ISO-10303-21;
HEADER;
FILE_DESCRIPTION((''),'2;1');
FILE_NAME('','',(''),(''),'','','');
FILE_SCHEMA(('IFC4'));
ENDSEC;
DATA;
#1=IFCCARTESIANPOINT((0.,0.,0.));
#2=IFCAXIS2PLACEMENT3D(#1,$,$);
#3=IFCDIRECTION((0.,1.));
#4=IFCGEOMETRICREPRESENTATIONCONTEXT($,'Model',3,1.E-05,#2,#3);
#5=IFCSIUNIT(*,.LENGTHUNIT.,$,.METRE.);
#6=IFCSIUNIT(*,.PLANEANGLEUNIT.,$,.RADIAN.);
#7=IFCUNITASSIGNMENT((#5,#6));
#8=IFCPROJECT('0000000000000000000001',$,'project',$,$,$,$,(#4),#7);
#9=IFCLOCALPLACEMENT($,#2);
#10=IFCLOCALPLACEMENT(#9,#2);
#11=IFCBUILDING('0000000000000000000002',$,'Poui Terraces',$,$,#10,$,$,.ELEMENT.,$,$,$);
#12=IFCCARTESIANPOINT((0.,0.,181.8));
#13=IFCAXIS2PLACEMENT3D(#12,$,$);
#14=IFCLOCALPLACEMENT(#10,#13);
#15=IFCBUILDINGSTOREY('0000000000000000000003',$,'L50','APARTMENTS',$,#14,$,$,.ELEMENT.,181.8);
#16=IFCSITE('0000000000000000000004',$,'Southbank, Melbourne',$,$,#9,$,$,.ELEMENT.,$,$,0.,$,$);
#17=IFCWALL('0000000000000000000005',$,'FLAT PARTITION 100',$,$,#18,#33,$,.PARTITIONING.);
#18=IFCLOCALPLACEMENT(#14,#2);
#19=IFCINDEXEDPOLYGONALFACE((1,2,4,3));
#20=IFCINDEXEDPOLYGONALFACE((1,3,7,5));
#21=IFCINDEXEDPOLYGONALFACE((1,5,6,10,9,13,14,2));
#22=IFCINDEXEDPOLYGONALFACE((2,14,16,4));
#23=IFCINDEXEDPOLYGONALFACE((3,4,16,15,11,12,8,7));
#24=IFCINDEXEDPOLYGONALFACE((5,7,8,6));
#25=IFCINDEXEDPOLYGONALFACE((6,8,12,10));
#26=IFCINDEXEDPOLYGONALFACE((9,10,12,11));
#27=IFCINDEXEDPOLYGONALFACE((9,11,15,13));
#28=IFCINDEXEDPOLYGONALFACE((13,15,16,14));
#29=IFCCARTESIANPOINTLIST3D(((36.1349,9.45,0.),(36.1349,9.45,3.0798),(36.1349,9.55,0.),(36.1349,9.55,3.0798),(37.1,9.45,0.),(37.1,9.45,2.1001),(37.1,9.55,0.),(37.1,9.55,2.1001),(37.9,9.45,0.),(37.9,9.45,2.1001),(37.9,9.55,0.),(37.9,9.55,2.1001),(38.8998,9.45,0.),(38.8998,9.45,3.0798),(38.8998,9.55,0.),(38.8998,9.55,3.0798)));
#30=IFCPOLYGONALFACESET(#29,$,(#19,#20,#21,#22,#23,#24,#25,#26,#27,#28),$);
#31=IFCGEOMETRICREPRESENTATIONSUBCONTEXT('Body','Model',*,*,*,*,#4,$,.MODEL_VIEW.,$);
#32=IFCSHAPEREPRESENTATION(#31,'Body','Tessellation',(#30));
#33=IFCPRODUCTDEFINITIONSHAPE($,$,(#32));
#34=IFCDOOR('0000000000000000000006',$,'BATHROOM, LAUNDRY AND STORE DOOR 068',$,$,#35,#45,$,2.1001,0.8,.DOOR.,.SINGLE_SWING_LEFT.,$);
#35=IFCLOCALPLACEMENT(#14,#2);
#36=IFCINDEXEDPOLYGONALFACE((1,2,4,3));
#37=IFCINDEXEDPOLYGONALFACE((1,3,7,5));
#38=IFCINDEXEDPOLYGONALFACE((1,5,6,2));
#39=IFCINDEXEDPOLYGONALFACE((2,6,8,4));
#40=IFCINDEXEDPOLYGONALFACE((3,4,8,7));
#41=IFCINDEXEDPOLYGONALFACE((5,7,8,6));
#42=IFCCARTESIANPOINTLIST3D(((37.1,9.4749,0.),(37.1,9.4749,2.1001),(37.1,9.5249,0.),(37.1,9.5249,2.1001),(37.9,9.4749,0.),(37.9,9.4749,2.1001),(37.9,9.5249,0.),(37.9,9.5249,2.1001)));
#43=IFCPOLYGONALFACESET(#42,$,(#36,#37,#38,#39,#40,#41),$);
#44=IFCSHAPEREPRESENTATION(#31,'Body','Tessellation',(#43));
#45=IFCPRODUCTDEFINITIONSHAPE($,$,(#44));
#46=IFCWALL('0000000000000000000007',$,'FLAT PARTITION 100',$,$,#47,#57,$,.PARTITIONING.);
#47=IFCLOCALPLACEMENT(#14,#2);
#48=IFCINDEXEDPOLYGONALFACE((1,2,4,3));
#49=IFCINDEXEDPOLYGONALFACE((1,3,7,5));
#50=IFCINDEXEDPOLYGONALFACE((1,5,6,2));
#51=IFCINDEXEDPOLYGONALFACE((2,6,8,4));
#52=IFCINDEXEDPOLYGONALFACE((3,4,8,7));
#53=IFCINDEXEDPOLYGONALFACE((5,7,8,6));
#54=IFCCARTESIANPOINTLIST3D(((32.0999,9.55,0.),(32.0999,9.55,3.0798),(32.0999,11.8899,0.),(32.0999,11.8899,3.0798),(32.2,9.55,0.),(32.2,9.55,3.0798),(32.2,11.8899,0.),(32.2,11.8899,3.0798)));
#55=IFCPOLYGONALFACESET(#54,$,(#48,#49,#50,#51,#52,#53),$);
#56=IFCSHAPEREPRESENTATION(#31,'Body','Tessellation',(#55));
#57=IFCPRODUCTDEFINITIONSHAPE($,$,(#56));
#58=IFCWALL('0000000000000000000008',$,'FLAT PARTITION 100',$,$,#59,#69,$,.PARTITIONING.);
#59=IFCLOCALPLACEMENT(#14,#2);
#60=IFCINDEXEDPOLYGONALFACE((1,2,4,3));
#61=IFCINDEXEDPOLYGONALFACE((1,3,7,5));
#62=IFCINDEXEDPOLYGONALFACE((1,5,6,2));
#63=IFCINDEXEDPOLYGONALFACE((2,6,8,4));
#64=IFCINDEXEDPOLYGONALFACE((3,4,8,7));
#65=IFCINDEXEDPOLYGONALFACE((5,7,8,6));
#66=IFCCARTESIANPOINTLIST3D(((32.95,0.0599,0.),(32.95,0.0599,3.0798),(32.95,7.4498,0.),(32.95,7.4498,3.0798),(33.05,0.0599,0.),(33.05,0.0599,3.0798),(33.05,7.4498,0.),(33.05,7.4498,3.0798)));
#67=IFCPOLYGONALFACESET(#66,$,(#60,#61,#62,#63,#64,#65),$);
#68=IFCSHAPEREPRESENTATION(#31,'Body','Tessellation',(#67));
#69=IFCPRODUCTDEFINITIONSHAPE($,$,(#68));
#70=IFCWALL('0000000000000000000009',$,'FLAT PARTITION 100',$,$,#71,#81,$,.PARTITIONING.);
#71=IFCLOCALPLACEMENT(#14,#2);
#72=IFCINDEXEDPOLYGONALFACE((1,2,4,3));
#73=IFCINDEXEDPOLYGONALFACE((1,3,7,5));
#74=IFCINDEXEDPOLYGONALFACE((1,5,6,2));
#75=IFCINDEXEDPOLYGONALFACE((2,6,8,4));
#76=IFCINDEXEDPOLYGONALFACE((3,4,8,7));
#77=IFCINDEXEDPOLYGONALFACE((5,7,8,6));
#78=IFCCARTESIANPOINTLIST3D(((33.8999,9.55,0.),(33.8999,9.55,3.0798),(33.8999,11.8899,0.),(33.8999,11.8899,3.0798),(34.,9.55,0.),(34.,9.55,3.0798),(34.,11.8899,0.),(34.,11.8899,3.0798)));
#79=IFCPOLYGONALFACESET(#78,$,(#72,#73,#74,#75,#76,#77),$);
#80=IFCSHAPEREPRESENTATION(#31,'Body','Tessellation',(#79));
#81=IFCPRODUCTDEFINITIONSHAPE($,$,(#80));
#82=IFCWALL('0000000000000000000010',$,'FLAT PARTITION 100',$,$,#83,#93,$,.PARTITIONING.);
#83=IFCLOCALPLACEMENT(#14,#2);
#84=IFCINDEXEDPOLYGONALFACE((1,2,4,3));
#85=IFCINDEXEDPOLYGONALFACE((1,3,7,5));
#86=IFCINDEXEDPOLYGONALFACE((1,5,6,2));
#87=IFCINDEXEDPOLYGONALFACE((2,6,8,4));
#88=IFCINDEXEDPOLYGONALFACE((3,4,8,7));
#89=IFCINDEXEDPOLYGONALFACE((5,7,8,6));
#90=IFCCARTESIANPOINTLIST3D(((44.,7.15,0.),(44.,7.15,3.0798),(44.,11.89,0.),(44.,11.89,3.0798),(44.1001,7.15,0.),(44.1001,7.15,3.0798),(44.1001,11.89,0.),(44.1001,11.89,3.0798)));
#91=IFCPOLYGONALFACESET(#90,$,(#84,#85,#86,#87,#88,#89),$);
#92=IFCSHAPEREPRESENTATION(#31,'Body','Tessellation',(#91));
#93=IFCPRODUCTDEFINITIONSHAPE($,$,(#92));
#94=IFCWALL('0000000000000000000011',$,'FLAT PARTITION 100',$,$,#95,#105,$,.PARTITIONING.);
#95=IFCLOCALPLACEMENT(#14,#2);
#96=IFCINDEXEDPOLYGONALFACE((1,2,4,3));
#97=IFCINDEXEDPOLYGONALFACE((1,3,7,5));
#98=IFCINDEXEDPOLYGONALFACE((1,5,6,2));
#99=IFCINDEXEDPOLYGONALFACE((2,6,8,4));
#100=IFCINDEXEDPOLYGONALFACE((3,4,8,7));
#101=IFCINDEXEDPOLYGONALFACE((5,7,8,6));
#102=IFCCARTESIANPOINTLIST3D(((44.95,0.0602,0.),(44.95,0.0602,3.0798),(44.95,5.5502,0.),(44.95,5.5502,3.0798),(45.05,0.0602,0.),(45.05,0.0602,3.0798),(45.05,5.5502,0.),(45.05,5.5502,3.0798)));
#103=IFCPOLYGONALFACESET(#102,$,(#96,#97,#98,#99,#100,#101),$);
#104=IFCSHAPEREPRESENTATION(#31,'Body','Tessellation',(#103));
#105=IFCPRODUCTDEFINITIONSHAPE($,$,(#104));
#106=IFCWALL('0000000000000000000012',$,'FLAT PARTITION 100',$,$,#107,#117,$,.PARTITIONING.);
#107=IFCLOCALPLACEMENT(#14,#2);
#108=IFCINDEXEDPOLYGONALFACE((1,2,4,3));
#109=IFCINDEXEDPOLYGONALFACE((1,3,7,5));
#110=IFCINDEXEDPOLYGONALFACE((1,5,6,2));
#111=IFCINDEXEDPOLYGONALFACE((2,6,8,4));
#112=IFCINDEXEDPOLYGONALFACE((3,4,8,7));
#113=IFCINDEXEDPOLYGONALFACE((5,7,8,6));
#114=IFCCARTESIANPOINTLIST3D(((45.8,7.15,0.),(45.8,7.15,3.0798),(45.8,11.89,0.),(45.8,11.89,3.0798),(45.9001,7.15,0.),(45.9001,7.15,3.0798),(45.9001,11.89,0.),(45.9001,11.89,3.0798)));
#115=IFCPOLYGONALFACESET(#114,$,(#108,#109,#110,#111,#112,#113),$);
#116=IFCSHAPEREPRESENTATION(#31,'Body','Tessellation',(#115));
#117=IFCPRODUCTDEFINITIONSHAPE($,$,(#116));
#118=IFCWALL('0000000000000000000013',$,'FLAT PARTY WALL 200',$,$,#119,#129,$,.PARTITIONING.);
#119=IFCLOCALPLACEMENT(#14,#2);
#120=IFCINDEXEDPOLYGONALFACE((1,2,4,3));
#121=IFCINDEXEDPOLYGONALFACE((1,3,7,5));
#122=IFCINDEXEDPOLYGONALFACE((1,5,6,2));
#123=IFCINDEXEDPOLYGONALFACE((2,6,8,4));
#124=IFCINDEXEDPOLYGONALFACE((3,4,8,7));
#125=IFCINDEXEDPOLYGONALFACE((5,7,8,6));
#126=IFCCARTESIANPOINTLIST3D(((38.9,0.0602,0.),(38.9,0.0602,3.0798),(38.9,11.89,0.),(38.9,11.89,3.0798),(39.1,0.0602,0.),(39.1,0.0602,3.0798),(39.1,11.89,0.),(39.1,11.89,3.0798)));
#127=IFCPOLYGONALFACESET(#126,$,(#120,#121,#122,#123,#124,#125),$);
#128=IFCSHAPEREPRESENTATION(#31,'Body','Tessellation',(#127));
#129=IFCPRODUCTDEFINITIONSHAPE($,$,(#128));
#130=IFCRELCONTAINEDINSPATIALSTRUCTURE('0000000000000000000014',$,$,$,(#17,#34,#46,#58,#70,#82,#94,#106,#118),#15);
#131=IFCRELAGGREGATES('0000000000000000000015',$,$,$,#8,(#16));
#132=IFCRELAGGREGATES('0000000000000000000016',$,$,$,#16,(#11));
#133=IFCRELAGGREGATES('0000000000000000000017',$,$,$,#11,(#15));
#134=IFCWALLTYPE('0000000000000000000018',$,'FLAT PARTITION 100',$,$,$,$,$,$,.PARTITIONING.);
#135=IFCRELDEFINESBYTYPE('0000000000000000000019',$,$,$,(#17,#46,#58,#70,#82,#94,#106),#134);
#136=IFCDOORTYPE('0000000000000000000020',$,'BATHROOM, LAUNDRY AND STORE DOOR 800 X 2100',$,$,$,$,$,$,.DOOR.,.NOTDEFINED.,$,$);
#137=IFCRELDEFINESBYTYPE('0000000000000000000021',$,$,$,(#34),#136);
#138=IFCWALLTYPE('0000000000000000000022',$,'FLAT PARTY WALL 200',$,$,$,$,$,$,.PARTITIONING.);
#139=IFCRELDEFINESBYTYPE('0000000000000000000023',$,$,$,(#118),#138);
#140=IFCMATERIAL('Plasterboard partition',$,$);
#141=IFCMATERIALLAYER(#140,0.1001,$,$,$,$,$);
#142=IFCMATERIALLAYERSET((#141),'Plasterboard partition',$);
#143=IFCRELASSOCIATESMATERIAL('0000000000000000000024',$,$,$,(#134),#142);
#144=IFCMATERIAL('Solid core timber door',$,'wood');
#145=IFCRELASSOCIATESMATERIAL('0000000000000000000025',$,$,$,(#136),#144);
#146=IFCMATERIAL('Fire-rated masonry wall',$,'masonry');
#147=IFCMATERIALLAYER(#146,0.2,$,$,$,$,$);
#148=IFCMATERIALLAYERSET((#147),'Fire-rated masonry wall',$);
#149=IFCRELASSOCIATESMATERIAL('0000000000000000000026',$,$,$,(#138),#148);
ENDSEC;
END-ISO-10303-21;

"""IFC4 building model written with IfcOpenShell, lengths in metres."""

from ifc_helpers import new_model, si_unit, direction, frame, frame_2d, origin, place, context, subcontext, project, spatial, rectangle, extrude, material, layer, layer_set, type_object, element, fill, save


model = new_model("IFC4")

# Units and contexts
model_context = context("Model", 3, precision=1e-05, world=origin(), true_north=direction((0.0, 1.0)))
body_context = subcontext(model_context, "Body", "Model", "MODEL_VIEW")
ifc_project = project(units=[si_unit("LENGTHUNIT", "METRE"), si_unit("PLANEANGLEUNIT", "RADIAN")], contexts=[model_context])

# Site, building, storey
site_placement = place(None, origin())
site = spatial("IfcSite", under=ifc_project, at=site_placement, Name="Southbank, Melbourne", CompositionType="ELEMENT", RefElevation=0.0)
building_placement = place(site_placement, origin())
building = spatial("IfcBuilding", under=site, at=building_placement, Name="Poui Terraces", CompositionType="ELEMENT")
storey_placement = place(building_placement, frame((0.0, 0.0, 181.8)))
storey = spatial("IfcBuildingStorey", under=building, at=storey_placement, Name="L50", Description="APARTMENTS", CompositionType="ELEMENT", Elevation=181.8)

# Wall, opening, door
ifc_material_1 = material(Name="Solid core timber door", Category="wood")
ifc_material_2 = material(Name="Plasterboard partition")
ifc_layer_1 = layer(ifc_material_2, 0.1001)
ifc_layer_set_1 = layer_set([ifc_layer_1], Name="Plasterboard partition")
wall_type_1 = type_object("IfcWallType", Name="FLAT PARTITION 100", PredefinedType="PARTITIONING", material=ifc_layer_set_1)
door_type_1 = type_object("IfcDoorType", Name="BATHROOM, LAUNDRY AND STORE DOOR 800 X 2100", OperationType="NOTDEFINED", PredefinedType="DOOR", material=ifc_material_1)
wall_1_placement = place(storey_placement, frame((36.135, 9.5, 0.0), z_axis=(0.0, 0.0, 1.0), x_axis=(1.0, 0.0, 0.0)))
wall_1 = element("IfcWall", 1, at=wall_1_placement, inside=storey, type_object=wall_type_1, Name="FLAT PARTITION 100", PredefinedType="PARTITIONING", context=body_context, shape_type="SweptSolid", body=[
    extrude(rectangle(XDim=2.7649, YDim=0.1001, at=frame_2d((1.3823, 0.0))), origin(), (0.0, 0.0, 1.0), 3.0798),
])
opening_1_placement = place(wall_1_placement, frame((0.9651, 0.0, 0.0)))
opening_1 = element("IfcOpeningElement", 2, at=opening_1_placement, cuts=wall_1, PredefinedType="OPENING", context=body_context, shape_type="SweptSolid", body=[
    extrude(rectangle(XDim=0.8, YDim=2.1001, at=frame_2d((0.3999, 1.05))), frame((0.0, 0.0601, 0.0), z_axis=(0.0, -1.0, 0.0), x_axis=(1.0, 0.0, 0.0)), (0.0, 0.0, 1.0), 0.1201),
])
door_1_placement = place(opening_1_placement, origin())
door_1 = element("IfcDoor", 3, at=door_1_placement, inside=storey, type_object=door_type_1, Name="BATHROOM, LAUNDRY AND STORE DOOR 068", OperationType="SINGLE_SWING_LEFT", OverallHeight=2.1001, OverallWidth=0.8, PredefinedType="DOOR", context=body_context, shape_type="SweptSolid", body=[
    extrude(rectangle(XDim=0.8, YDim=2.1001, at=frame_2d((0.3999, 1.05))), frame((0.0, 0.0249, 0.0), z_axis=(0.0, -1.0, 0.0), x_axis=(1.0, 0.0, 0.0)), (0.0, 0.0, 1.0), 0.05),
])
fill(opening_1, door_1)

# Walls
wall_2_placement = place(storey_placement, frame((32.1499, 9.55, 0.0), z_axis=(0.0, 0.0, 1.0), x_axis=(0.0, 1.0, 0.0)))
element("IfcWall", 4, at=wall_2_placement, inside=storey, type_object=wall_type_1, Name="FLAT PARTITION 100", PredefinedType="PARTITIONING", context=body_context, shape_type="SweptSolid", body=[
    extrude(rectangle(XDim=2.3398, YDim=0.1001, at=frame_2d((1.1699, 0.0))), origin(), (0.0, 0.0, 1.0), 3.0798),
])
wall_3_placement = place(storey_placement, frame((33.0, 0.0601, 0.0), z_axis=(0.0, 0.0, 1.0), x_axis=(0.0, 1.0, 0.0)))
element("IfcWall", 5, at=wall_3_placement, inside=storey, type_object=wall_type_1, Name="FLAT PARTITION 100", PredefinedType="PARTITIONING", context=body_context, shape_type="SweptSolid", body=[
    extrude(rectangle(XDim=7.3899, YDim=0.1001, at=frame_2d((3.6948, 0.0))), origin(), (0.0, 0.0, 1.0), 3.0798),
])
wall_4_placement = place(storey_placement, frame((33.95, 9.55, 0.0), z_axis=(0.0, 0.0, 1.0), x_axis=(0.0, 1.0, 0.0)))
element("IfcWall", 6, at=wall_4_placement, inside=storey, type_object=wall_type_1, Name="FLAT PARTITION 100", PredefinedType="PARTITIONING", context=body_context, shape_type="SweptSolid", body=[
    extrude(rectangle(XDim=2.3398, YDim=0.1001, at=frame_2d((1.1699, 0.0))), origin(), (0.0, 0.0, 1.0), 3.0798),
])
wall_5_placement = place(storey_placement, frame((44.05, 7.1499, 0.0), z_axis=(0.0, 0.0, 1.0), x_axis=(0.0, 1.0, 0.0)))
element("IfcWall", 7, at=wall_5_placement, inside=storey, type_object=wall_type_1, Name="FLAT PARTITION 100", PredefinedType="PARTITIONING", context=body_context, shape_type="SweptSolid", body=[
    extrude(rectangle(XDim=4.74, YDim=0.1001, at=frame_2d((2.3701, 0.0))), origin(), (0.0, 0.0, 1.0), 3.0798),
])
wall_6_placement = place(storey_placement, frame((45.0, 0.0601, 0.0), z_axis=(0.0, 0.0, 1.0), x_axis=(0.0, 1.0, 0.0)))
element("IfcWall", 8, at=wall_6_placement, inside=storey, type_object=wall_type_1, Name="FLAT PARTITION 100", PredefinedType="PARTITIONING", context=body_context, shape_type="SweptSolid", body=[
    extrude(rectangle(XDim=5.49, YDim=0.1001, at=frame_2d((2.7451, 0.0))), origin(), (0.0, 0.0, 1.0), 3.0798),
])
wall_7_placement = place(storey_placement, frame((45.8501, 7.1499, 0.0), z_axis=(0.0, 0.0, 1.0), x_axis=(0.0, 1.0, 0.0)))
element("IfcWall", 9, at=wall_7_placement, inside=storey, type_object=wall_type_1, Name="FLAT PARTITION 100", PredefinedType="PARTITIONING", context=body_context, shape_type="SweptSolid", body=[
    extrude(rectangle(XDim=4.74, YDim=0.1001, at=frame_2d((2.3701, 0.0))), origin(), (0.0, 0.0, 1.0), 3.0798),
])
ifc_material_3 = material(Name="Fire-rated masonry wall", Category="masonry")
ifc_layer_2 = layer(ifc_material_3, 0.2)
ifc_layer_set_2 = layer_set([ifc_layer_2], Name="Fire-rated masonry wall")
wall_type_2 = type_object("IfcWallType", Name="FLAT PARTY WALL 200", PredefinedType="PARTITIONING", material=ifc_layer_set_2)
wall_8_placement = place(storey_placement, frame((39.0, 0.0601, 0.0), z_axis=(0.0, 0.0, 1.0), x_axis=(0.0, 1.0, 0.0)))
element("IfcWall", 10, at=wall_8_placement, inside=storey, type_object=wall_type_2, Name="FLAT PARTY WALL 200", PredefinedType="PARTITIONING", context=body_context, shape_type="SweptSolid", body=[
    extrude(rectangle(XDim=11.8298, YDim=0.2, at=frame_2d((5.915, 0.0))), origin(), (0.0, 0.0, 1.0), 3.0798),
])

save(model, "model.ifc")
